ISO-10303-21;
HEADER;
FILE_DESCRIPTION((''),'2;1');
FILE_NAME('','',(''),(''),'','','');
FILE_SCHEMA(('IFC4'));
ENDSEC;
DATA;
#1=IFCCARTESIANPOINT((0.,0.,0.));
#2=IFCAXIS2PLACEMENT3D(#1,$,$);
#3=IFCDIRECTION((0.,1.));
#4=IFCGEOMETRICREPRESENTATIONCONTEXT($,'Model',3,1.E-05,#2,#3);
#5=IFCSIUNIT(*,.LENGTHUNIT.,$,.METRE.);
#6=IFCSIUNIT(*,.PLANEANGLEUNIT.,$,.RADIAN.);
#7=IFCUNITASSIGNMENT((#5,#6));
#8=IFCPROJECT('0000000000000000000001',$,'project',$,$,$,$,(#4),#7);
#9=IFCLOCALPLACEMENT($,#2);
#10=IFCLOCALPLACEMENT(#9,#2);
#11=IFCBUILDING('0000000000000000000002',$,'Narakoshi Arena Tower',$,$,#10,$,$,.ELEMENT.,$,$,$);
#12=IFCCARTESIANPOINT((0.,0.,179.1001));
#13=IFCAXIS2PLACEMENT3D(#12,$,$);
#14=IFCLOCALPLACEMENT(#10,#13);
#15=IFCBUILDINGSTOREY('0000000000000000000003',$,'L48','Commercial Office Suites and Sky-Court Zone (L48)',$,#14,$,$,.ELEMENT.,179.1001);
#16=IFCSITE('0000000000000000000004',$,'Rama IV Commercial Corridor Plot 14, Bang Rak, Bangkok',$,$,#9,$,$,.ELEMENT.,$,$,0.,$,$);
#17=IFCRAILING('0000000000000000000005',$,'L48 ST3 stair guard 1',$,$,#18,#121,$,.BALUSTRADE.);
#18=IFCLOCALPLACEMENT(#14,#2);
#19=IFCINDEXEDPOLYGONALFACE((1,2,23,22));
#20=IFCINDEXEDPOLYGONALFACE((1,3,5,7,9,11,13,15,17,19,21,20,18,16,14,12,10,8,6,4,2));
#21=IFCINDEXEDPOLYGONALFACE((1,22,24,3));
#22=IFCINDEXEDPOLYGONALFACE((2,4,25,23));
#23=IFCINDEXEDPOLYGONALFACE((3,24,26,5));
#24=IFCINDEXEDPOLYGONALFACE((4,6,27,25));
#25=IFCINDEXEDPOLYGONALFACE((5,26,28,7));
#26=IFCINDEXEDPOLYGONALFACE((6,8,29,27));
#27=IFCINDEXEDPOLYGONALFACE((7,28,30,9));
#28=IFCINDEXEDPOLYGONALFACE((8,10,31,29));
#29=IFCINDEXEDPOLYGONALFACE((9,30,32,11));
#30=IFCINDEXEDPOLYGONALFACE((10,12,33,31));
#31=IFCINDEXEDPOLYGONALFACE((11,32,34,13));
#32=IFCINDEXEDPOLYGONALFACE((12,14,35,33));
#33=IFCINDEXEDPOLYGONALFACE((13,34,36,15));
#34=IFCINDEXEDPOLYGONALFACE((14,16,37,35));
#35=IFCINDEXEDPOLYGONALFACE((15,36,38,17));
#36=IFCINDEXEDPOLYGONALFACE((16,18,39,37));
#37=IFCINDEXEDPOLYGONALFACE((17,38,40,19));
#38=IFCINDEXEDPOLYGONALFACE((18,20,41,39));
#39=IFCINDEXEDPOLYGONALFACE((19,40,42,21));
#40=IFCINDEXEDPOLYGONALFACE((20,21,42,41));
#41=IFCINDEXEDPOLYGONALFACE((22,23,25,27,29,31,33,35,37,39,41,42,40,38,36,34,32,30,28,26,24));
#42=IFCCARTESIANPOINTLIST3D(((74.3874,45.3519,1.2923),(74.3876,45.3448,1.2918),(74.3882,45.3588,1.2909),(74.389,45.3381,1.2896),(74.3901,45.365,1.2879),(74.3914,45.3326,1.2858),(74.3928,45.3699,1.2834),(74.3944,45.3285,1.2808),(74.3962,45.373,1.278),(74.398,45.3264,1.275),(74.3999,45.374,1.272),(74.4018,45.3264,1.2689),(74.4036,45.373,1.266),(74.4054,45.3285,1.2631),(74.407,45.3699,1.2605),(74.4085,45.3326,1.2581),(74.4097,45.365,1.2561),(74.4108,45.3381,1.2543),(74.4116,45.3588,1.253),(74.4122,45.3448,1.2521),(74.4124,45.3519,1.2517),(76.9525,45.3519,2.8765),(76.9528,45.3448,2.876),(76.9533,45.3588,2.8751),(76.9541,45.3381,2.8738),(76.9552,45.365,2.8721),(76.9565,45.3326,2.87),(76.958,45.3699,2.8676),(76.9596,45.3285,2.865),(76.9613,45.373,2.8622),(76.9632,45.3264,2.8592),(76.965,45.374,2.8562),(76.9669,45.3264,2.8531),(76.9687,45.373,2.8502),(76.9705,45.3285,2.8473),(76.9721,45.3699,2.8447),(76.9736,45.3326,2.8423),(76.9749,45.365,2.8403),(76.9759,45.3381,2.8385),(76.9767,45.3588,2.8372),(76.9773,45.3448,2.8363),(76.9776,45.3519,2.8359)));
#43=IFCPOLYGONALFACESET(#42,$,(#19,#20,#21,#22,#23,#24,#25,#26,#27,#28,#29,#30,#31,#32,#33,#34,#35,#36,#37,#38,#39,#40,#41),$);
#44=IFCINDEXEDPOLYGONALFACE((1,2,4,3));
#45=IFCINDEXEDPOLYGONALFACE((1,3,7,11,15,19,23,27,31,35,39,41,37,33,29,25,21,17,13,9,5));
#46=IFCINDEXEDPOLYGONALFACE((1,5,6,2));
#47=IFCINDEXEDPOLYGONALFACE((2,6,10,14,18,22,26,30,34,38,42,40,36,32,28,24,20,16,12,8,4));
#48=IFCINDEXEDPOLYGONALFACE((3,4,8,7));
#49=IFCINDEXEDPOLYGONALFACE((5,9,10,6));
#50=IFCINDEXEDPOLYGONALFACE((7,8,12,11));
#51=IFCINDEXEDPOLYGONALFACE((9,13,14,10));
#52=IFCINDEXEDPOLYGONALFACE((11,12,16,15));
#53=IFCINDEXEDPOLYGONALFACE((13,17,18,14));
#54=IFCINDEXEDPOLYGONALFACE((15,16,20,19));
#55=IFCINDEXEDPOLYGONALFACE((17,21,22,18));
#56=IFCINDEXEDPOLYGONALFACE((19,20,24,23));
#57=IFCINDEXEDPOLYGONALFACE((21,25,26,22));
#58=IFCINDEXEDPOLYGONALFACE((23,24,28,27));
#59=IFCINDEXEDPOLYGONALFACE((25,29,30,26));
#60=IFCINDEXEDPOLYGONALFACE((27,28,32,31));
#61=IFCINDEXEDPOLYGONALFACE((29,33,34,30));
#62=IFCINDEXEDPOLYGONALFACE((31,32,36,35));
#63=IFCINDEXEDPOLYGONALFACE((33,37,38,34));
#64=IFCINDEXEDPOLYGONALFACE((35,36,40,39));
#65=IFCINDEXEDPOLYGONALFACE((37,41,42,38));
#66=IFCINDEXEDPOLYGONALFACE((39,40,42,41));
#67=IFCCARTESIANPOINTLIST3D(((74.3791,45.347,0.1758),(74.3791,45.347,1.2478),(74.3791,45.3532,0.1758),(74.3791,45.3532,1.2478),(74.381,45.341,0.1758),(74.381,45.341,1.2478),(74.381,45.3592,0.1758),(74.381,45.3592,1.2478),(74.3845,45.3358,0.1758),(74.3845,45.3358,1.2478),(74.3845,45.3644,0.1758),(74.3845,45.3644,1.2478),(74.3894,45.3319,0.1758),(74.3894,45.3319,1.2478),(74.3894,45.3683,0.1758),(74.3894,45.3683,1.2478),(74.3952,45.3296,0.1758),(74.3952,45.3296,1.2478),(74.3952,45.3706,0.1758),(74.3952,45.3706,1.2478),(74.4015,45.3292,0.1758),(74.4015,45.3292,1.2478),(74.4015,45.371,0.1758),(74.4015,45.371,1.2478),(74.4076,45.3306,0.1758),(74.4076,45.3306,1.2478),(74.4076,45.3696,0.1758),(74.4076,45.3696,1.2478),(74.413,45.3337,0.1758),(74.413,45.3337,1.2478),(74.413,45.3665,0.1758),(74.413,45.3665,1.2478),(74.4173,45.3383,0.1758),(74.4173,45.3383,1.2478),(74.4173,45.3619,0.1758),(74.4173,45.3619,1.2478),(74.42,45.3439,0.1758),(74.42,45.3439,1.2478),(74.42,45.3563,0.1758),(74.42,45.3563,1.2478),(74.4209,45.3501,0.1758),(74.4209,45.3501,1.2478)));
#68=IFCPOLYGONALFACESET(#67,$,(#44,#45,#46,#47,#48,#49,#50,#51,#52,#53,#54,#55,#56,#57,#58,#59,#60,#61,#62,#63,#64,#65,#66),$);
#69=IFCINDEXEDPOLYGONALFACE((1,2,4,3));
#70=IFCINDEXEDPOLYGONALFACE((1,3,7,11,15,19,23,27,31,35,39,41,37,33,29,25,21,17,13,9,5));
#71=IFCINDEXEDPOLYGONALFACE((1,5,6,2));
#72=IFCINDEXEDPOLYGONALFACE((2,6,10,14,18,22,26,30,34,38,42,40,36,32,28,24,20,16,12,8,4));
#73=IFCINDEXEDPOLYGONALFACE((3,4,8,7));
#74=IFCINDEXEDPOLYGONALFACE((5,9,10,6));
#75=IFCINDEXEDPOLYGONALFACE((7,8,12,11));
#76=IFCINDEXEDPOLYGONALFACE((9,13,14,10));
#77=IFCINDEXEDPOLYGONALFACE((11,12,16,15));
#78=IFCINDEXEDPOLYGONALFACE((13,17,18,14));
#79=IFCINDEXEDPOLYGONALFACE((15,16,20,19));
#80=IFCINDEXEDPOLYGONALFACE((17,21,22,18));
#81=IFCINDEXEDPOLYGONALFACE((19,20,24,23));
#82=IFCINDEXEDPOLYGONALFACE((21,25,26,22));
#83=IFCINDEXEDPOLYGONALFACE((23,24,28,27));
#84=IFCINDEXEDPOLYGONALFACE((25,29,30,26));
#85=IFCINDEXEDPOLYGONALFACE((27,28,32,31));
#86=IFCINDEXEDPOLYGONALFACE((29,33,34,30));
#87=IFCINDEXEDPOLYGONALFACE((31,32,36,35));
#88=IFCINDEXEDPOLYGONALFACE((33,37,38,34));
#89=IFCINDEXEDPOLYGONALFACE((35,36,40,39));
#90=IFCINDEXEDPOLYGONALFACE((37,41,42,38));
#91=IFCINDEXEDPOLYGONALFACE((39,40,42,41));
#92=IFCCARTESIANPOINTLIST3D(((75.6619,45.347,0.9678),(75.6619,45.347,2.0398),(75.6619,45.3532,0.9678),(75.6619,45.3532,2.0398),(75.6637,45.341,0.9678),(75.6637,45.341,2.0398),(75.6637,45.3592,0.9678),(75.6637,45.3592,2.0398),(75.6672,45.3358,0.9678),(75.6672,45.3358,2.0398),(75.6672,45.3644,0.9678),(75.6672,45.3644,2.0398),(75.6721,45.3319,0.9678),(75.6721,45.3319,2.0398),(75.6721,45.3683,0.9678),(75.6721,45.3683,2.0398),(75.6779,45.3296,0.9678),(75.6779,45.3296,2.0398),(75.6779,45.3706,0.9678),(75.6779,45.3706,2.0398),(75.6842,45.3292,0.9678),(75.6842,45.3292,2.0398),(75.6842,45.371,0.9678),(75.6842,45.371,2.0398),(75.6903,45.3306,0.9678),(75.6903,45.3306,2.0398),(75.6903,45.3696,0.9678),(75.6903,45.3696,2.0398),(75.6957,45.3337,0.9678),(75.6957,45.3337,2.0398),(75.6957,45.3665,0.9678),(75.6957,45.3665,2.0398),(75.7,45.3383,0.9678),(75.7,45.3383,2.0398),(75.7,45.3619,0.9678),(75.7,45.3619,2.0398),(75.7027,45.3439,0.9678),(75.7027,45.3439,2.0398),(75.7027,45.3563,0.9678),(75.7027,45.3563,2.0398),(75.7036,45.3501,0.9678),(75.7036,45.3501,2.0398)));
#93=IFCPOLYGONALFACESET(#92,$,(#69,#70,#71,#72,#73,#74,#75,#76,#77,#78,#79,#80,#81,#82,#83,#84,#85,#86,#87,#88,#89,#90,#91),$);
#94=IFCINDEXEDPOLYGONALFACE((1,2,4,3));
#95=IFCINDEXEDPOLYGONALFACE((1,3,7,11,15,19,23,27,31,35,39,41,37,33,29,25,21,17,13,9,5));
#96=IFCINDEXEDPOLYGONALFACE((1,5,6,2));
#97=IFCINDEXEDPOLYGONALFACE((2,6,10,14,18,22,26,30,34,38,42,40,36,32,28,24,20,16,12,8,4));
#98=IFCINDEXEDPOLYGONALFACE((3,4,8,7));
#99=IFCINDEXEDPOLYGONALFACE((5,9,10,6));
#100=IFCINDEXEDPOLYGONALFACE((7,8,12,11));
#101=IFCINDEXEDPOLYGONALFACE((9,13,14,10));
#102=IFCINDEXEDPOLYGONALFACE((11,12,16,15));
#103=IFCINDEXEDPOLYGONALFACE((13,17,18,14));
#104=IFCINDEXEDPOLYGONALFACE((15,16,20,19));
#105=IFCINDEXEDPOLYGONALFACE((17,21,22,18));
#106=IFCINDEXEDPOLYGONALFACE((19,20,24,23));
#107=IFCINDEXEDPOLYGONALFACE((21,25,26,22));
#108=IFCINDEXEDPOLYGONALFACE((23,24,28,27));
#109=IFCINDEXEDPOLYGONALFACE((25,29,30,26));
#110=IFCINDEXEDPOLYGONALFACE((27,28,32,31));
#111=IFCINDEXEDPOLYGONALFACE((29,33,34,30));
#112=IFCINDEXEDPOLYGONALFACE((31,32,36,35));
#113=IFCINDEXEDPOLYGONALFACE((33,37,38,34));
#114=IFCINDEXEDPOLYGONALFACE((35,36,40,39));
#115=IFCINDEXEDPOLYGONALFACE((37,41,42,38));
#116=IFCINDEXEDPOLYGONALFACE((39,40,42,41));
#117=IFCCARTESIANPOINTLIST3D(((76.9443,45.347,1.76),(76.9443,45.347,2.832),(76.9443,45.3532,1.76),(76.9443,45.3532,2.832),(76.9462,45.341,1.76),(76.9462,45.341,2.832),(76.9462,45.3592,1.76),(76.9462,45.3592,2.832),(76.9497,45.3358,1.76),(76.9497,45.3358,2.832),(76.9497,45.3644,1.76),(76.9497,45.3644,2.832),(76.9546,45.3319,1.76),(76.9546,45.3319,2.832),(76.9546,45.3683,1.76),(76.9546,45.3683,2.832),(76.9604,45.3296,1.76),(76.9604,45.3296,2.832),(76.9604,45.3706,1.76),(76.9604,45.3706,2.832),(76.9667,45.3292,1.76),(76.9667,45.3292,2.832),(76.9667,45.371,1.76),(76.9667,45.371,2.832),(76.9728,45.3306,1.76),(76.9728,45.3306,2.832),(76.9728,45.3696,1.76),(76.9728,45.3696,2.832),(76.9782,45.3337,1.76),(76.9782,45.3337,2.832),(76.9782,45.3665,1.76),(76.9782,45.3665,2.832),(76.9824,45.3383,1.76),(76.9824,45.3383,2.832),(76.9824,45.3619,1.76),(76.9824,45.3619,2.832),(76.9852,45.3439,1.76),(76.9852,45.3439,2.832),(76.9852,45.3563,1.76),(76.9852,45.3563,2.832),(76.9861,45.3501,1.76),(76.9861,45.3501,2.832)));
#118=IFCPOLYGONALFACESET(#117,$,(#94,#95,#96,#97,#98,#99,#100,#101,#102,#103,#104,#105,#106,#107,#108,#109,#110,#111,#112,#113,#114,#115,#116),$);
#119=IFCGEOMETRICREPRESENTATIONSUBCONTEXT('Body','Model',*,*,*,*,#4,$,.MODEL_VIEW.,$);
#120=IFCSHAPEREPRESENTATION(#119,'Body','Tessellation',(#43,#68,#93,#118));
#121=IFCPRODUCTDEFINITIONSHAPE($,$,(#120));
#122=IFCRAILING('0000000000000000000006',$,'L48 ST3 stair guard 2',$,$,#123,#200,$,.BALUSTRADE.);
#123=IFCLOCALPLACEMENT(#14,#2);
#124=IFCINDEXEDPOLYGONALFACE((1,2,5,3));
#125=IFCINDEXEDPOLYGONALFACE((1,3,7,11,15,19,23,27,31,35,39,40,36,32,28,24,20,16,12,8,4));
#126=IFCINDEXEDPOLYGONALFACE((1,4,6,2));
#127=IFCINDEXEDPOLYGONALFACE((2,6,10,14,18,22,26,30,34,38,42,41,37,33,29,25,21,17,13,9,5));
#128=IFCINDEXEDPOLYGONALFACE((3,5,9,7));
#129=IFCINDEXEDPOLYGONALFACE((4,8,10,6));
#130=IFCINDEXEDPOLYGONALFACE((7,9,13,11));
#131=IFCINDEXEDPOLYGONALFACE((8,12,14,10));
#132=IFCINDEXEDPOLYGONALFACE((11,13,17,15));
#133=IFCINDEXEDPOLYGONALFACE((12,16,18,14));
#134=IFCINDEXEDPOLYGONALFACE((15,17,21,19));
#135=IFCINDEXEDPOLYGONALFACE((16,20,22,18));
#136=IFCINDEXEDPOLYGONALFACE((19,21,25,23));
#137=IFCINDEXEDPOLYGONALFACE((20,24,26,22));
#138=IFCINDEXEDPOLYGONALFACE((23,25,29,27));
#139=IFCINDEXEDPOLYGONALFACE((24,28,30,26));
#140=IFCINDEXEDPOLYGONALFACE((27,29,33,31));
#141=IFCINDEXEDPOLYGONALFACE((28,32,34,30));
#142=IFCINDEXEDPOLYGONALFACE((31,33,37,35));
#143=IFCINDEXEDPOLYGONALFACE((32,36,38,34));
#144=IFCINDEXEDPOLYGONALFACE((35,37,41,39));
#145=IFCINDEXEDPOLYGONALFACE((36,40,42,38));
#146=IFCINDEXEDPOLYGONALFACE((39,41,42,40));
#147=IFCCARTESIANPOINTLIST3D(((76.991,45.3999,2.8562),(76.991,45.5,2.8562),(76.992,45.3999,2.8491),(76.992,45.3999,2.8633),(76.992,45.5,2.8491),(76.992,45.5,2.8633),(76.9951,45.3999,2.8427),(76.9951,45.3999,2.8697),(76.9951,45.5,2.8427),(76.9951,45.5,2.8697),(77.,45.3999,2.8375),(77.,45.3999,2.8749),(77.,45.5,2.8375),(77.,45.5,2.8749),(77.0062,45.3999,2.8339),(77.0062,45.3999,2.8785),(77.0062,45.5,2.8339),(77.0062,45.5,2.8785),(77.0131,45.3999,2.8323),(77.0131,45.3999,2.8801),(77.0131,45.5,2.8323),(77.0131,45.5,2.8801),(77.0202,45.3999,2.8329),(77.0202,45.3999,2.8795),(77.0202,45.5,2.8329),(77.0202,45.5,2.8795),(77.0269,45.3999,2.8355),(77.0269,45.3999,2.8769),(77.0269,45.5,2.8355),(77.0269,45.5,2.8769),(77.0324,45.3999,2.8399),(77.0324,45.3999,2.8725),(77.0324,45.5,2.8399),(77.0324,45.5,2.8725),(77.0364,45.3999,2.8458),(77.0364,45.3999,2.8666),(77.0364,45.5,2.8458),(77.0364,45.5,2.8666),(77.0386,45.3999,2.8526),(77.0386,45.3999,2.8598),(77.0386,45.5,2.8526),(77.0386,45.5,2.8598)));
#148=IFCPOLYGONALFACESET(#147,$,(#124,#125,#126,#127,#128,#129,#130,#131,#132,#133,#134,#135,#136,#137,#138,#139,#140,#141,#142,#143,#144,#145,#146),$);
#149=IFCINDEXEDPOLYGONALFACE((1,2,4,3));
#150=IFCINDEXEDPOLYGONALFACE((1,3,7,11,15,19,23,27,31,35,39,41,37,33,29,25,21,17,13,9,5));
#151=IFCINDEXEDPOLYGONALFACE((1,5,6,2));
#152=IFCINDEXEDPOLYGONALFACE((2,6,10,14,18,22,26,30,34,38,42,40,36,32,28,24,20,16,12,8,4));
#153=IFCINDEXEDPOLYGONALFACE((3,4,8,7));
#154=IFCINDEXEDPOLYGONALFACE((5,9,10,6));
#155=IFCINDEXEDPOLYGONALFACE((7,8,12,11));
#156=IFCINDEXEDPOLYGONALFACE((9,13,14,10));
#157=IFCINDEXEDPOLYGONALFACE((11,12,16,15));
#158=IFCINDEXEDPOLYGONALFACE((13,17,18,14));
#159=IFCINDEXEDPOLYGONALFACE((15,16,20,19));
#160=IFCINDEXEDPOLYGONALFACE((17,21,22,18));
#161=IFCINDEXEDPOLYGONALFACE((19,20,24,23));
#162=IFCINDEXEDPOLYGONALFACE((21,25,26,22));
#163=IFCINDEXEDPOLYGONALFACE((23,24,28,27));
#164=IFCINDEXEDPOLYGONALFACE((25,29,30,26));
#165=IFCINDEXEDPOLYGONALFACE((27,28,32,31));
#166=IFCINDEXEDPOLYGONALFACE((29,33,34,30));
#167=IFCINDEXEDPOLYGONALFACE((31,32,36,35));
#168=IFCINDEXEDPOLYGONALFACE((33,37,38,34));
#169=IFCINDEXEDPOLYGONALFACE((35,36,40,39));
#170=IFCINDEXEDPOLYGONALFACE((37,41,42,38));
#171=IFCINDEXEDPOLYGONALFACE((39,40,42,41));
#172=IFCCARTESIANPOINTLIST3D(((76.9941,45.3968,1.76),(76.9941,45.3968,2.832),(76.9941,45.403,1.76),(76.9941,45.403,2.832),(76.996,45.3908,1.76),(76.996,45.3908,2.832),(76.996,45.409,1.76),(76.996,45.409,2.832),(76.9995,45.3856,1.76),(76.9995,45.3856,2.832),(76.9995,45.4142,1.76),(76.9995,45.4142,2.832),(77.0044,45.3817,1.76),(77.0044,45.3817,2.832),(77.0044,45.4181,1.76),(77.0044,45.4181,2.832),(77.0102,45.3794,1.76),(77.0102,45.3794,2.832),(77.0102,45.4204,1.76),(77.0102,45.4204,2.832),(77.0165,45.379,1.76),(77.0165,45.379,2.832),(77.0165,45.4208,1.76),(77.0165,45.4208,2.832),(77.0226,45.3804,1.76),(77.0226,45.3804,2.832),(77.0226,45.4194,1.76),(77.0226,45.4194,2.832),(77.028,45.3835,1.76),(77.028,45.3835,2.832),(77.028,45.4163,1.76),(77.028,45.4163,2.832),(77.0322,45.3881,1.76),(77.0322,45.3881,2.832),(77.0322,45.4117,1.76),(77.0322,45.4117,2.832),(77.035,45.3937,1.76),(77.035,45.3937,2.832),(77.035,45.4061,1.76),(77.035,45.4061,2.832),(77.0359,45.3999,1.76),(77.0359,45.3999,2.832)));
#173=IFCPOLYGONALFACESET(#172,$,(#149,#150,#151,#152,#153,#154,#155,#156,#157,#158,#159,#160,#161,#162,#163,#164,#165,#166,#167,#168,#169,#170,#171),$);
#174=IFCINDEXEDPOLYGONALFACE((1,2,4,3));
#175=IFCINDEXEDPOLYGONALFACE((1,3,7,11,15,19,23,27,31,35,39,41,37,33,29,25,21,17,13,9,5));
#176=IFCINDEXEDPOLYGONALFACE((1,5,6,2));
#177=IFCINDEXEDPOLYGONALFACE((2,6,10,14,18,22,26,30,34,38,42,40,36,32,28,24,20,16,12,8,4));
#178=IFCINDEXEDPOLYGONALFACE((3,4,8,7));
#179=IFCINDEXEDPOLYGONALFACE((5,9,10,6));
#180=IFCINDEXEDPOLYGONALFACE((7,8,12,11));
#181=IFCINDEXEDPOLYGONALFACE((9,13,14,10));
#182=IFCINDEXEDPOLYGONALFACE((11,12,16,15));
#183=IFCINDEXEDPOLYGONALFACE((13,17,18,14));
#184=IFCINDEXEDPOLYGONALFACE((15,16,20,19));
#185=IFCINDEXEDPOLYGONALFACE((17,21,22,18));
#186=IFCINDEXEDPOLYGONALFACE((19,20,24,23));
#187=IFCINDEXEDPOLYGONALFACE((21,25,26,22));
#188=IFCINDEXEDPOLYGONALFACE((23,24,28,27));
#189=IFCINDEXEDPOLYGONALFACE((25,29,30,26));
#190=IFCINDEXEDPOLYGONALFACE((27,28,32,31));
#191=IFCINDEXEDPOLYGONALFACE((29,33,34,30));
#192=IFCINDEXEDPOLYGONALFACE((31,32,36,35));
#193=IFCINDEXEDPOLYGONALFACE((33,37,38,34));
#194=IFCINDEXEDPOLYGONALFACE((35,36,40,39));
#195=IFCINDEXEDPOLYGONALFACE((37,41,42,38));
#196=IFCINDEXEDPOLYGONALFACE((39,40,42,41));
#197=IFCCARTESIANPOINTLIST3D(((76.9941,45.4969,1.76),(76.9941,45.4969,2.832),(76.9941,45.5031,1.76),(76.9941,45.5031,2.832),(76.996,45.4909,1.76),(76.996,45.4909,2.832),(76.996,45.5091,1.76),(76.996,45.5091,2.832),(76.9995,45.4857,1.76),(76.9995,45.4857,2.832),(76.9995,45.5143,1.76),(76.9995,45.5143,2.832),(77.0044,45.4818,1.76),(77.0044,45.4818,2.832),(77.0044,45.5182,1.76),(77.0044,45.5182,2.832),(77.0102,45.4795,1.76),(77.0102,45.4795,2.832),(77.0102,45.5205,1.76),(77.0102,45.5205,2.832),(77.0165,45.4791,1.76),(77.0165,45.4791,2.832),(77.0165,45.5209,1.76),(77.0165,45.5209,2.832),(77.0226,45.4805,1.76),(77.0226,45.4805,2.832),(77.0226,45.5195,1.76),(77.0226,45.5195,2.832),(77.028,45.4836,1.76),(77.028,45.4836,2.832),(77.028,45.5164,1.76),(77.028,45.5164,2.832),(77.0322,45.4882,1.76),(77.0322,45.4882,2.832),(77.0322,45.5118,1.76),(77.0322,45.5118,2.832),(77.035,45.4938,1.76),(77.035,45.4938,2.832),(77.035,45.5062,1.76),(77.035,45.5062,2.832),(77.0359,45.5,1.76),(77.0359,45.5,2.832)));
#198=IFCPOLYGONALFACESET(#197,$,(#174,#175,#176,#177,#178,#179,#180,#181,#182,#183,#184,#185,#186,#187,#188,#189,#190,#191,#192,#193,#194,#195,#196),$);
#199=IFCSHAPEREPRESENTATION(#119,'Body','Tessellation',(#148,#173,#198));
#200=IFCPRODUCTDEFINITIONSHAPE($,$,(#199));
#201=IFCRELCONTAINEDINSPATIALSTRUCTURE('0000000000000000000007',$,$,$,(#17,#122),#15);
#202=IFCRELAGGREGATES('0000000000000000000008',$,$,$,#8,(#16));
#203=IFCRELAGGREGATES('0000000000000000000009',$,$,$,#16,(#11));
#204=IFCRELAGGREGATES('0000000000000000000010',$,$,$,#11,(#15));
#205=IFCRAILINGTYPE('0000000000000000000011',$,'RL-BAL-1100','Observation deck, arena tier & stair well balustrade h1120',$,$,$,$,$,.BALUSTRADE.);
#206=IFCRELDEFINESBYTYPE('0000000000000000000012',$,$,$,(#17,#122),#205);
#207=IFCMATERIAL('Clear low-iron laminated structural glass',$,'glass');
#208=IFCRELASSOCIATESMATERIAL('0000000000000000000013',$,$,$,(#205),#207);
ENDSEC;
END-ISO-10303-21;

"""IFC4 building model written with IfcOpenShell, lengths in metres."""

from ifc_helpers import new_model, si_unit, direction, frame, origin, origin_2d, place, context, subcontext, project, spatial, circle, extrude, material, type_object, element, save


model = new_model("IFC4")

# Units and contexts
model_context = context("Model", 3, precision=1e-05, world=origin(), true_north=direction((0.0, 1.0)))
body_context = subcontext(model_context, "Body", "Model", "MODEL_VIEW")
ifc_project = project(units=[si_unit("LENGTHUNIT", "METRE"), si_unit("PLANEANGLEUNIT", "RADIAN")], contexts=[model_context])

# Site, building, storey
site_placement = place(None, origin())
site = spatial("IfcSite", under=ifc_project, at=site_placement, Name="Rama IV Commercial Corridor Plot 14, Bang Rak, Bangkok", CompositionType="ELEMENT", RefElevation=0.0)
building_placement = place(site_placement, origin())
building = spatial("IfcBuilding", under=site, at=building_placement, Name="Narakoshi Arena Tower", CompositionType="ELEMENT")
storey_placement = place(building_placement, frame((0.0, 0.0, 179.1001)))
storey = spatial("IfcBuildingStorey", under=building, at=storey_placement, Name="L48", Description="Commercial Office Suites and Sky-Court Zone (L48)", CompositionType="ELEMENT", Elevation=179.1001)

# Railings
ifc_material_1 = material(Name="Clear low-iron laminated structural glass", Category="glass")
railing_type_1 = type_object("IfcRailingType", Name="RL-BAL-1100", Description="Observation deck, arena tier & stair well balustrade h1120", PredefinedType="BALUSTRADE", material=ifc_material_1)
railing_1_placement = place(storey_placement, frame((74.3999, 45.3501, 0.1758)))
element("IfcRailing", 1, at=railing_1_placement, inside=storey, type_object=railing_type_1, Name="L48 ST3 stair guard 1", PredefinedType="BALUSTRADE", context=body_context, shape_type="SweptSolid", body=[
    extrude(circle(Radius=0.0239, at=origin_2d()), frame((0.0, 0.0, 1.0962), z_axis=(0.85082, 0.0, 0.525457), x_axis=(0.0, 1.0, 0.0)), (0.0, 0.0, 1.0), 3.0149),
    extrude(circle(Radius=0.021, at=origin_2d()), origin(), (0.0, 0.0, 1.0), 1.072),
    extrude(circle(Radius=0.021, at=origin_2d()), frame((1.2827, 0.0, 0.792)), (0.0, 0.0, 1.0), 1.072),
    extrude(circle(Radius=0.021, at=origin_2d()), frame((2.5652, 0.0, 1.5842)), (0.0, 0.0, 1.0), 1.072),
])
for number, where, name in (
    (2, (77.0149, 45.3999, 1.76), "L48 ST3 stair guard 2"),
):
    element("IfcRailing", number, at=place(storey_placement, frame(where)), inside=storey, type_object=railing_type_1, Name=name, PredefinedType="BALUSTRADE", context=body_context, shape_type="SweptSolid", body=[
        extrude(circle(Radius=0.0239, at=origin_2d()), frame((0.0, 0.0, 1.0962), z_axis=(0.0, 1.0, 0.0), x_axis=(-1.0, 0.0, 0.0)), (0.0, 0.0, 1.0), 0.1001),
        extrude(circle(Radius=0.021, at=origin_2d()), origin(), (0.0, 0.0, 1.0), 1.072),
        extrude(circle(Radius=0.021, at=origin_2d()), frame((0.0, 0.1001, 0.0)), (0.0, 0.0, 1.0), 1.072),
    ])

save(model, "model.ifc")
